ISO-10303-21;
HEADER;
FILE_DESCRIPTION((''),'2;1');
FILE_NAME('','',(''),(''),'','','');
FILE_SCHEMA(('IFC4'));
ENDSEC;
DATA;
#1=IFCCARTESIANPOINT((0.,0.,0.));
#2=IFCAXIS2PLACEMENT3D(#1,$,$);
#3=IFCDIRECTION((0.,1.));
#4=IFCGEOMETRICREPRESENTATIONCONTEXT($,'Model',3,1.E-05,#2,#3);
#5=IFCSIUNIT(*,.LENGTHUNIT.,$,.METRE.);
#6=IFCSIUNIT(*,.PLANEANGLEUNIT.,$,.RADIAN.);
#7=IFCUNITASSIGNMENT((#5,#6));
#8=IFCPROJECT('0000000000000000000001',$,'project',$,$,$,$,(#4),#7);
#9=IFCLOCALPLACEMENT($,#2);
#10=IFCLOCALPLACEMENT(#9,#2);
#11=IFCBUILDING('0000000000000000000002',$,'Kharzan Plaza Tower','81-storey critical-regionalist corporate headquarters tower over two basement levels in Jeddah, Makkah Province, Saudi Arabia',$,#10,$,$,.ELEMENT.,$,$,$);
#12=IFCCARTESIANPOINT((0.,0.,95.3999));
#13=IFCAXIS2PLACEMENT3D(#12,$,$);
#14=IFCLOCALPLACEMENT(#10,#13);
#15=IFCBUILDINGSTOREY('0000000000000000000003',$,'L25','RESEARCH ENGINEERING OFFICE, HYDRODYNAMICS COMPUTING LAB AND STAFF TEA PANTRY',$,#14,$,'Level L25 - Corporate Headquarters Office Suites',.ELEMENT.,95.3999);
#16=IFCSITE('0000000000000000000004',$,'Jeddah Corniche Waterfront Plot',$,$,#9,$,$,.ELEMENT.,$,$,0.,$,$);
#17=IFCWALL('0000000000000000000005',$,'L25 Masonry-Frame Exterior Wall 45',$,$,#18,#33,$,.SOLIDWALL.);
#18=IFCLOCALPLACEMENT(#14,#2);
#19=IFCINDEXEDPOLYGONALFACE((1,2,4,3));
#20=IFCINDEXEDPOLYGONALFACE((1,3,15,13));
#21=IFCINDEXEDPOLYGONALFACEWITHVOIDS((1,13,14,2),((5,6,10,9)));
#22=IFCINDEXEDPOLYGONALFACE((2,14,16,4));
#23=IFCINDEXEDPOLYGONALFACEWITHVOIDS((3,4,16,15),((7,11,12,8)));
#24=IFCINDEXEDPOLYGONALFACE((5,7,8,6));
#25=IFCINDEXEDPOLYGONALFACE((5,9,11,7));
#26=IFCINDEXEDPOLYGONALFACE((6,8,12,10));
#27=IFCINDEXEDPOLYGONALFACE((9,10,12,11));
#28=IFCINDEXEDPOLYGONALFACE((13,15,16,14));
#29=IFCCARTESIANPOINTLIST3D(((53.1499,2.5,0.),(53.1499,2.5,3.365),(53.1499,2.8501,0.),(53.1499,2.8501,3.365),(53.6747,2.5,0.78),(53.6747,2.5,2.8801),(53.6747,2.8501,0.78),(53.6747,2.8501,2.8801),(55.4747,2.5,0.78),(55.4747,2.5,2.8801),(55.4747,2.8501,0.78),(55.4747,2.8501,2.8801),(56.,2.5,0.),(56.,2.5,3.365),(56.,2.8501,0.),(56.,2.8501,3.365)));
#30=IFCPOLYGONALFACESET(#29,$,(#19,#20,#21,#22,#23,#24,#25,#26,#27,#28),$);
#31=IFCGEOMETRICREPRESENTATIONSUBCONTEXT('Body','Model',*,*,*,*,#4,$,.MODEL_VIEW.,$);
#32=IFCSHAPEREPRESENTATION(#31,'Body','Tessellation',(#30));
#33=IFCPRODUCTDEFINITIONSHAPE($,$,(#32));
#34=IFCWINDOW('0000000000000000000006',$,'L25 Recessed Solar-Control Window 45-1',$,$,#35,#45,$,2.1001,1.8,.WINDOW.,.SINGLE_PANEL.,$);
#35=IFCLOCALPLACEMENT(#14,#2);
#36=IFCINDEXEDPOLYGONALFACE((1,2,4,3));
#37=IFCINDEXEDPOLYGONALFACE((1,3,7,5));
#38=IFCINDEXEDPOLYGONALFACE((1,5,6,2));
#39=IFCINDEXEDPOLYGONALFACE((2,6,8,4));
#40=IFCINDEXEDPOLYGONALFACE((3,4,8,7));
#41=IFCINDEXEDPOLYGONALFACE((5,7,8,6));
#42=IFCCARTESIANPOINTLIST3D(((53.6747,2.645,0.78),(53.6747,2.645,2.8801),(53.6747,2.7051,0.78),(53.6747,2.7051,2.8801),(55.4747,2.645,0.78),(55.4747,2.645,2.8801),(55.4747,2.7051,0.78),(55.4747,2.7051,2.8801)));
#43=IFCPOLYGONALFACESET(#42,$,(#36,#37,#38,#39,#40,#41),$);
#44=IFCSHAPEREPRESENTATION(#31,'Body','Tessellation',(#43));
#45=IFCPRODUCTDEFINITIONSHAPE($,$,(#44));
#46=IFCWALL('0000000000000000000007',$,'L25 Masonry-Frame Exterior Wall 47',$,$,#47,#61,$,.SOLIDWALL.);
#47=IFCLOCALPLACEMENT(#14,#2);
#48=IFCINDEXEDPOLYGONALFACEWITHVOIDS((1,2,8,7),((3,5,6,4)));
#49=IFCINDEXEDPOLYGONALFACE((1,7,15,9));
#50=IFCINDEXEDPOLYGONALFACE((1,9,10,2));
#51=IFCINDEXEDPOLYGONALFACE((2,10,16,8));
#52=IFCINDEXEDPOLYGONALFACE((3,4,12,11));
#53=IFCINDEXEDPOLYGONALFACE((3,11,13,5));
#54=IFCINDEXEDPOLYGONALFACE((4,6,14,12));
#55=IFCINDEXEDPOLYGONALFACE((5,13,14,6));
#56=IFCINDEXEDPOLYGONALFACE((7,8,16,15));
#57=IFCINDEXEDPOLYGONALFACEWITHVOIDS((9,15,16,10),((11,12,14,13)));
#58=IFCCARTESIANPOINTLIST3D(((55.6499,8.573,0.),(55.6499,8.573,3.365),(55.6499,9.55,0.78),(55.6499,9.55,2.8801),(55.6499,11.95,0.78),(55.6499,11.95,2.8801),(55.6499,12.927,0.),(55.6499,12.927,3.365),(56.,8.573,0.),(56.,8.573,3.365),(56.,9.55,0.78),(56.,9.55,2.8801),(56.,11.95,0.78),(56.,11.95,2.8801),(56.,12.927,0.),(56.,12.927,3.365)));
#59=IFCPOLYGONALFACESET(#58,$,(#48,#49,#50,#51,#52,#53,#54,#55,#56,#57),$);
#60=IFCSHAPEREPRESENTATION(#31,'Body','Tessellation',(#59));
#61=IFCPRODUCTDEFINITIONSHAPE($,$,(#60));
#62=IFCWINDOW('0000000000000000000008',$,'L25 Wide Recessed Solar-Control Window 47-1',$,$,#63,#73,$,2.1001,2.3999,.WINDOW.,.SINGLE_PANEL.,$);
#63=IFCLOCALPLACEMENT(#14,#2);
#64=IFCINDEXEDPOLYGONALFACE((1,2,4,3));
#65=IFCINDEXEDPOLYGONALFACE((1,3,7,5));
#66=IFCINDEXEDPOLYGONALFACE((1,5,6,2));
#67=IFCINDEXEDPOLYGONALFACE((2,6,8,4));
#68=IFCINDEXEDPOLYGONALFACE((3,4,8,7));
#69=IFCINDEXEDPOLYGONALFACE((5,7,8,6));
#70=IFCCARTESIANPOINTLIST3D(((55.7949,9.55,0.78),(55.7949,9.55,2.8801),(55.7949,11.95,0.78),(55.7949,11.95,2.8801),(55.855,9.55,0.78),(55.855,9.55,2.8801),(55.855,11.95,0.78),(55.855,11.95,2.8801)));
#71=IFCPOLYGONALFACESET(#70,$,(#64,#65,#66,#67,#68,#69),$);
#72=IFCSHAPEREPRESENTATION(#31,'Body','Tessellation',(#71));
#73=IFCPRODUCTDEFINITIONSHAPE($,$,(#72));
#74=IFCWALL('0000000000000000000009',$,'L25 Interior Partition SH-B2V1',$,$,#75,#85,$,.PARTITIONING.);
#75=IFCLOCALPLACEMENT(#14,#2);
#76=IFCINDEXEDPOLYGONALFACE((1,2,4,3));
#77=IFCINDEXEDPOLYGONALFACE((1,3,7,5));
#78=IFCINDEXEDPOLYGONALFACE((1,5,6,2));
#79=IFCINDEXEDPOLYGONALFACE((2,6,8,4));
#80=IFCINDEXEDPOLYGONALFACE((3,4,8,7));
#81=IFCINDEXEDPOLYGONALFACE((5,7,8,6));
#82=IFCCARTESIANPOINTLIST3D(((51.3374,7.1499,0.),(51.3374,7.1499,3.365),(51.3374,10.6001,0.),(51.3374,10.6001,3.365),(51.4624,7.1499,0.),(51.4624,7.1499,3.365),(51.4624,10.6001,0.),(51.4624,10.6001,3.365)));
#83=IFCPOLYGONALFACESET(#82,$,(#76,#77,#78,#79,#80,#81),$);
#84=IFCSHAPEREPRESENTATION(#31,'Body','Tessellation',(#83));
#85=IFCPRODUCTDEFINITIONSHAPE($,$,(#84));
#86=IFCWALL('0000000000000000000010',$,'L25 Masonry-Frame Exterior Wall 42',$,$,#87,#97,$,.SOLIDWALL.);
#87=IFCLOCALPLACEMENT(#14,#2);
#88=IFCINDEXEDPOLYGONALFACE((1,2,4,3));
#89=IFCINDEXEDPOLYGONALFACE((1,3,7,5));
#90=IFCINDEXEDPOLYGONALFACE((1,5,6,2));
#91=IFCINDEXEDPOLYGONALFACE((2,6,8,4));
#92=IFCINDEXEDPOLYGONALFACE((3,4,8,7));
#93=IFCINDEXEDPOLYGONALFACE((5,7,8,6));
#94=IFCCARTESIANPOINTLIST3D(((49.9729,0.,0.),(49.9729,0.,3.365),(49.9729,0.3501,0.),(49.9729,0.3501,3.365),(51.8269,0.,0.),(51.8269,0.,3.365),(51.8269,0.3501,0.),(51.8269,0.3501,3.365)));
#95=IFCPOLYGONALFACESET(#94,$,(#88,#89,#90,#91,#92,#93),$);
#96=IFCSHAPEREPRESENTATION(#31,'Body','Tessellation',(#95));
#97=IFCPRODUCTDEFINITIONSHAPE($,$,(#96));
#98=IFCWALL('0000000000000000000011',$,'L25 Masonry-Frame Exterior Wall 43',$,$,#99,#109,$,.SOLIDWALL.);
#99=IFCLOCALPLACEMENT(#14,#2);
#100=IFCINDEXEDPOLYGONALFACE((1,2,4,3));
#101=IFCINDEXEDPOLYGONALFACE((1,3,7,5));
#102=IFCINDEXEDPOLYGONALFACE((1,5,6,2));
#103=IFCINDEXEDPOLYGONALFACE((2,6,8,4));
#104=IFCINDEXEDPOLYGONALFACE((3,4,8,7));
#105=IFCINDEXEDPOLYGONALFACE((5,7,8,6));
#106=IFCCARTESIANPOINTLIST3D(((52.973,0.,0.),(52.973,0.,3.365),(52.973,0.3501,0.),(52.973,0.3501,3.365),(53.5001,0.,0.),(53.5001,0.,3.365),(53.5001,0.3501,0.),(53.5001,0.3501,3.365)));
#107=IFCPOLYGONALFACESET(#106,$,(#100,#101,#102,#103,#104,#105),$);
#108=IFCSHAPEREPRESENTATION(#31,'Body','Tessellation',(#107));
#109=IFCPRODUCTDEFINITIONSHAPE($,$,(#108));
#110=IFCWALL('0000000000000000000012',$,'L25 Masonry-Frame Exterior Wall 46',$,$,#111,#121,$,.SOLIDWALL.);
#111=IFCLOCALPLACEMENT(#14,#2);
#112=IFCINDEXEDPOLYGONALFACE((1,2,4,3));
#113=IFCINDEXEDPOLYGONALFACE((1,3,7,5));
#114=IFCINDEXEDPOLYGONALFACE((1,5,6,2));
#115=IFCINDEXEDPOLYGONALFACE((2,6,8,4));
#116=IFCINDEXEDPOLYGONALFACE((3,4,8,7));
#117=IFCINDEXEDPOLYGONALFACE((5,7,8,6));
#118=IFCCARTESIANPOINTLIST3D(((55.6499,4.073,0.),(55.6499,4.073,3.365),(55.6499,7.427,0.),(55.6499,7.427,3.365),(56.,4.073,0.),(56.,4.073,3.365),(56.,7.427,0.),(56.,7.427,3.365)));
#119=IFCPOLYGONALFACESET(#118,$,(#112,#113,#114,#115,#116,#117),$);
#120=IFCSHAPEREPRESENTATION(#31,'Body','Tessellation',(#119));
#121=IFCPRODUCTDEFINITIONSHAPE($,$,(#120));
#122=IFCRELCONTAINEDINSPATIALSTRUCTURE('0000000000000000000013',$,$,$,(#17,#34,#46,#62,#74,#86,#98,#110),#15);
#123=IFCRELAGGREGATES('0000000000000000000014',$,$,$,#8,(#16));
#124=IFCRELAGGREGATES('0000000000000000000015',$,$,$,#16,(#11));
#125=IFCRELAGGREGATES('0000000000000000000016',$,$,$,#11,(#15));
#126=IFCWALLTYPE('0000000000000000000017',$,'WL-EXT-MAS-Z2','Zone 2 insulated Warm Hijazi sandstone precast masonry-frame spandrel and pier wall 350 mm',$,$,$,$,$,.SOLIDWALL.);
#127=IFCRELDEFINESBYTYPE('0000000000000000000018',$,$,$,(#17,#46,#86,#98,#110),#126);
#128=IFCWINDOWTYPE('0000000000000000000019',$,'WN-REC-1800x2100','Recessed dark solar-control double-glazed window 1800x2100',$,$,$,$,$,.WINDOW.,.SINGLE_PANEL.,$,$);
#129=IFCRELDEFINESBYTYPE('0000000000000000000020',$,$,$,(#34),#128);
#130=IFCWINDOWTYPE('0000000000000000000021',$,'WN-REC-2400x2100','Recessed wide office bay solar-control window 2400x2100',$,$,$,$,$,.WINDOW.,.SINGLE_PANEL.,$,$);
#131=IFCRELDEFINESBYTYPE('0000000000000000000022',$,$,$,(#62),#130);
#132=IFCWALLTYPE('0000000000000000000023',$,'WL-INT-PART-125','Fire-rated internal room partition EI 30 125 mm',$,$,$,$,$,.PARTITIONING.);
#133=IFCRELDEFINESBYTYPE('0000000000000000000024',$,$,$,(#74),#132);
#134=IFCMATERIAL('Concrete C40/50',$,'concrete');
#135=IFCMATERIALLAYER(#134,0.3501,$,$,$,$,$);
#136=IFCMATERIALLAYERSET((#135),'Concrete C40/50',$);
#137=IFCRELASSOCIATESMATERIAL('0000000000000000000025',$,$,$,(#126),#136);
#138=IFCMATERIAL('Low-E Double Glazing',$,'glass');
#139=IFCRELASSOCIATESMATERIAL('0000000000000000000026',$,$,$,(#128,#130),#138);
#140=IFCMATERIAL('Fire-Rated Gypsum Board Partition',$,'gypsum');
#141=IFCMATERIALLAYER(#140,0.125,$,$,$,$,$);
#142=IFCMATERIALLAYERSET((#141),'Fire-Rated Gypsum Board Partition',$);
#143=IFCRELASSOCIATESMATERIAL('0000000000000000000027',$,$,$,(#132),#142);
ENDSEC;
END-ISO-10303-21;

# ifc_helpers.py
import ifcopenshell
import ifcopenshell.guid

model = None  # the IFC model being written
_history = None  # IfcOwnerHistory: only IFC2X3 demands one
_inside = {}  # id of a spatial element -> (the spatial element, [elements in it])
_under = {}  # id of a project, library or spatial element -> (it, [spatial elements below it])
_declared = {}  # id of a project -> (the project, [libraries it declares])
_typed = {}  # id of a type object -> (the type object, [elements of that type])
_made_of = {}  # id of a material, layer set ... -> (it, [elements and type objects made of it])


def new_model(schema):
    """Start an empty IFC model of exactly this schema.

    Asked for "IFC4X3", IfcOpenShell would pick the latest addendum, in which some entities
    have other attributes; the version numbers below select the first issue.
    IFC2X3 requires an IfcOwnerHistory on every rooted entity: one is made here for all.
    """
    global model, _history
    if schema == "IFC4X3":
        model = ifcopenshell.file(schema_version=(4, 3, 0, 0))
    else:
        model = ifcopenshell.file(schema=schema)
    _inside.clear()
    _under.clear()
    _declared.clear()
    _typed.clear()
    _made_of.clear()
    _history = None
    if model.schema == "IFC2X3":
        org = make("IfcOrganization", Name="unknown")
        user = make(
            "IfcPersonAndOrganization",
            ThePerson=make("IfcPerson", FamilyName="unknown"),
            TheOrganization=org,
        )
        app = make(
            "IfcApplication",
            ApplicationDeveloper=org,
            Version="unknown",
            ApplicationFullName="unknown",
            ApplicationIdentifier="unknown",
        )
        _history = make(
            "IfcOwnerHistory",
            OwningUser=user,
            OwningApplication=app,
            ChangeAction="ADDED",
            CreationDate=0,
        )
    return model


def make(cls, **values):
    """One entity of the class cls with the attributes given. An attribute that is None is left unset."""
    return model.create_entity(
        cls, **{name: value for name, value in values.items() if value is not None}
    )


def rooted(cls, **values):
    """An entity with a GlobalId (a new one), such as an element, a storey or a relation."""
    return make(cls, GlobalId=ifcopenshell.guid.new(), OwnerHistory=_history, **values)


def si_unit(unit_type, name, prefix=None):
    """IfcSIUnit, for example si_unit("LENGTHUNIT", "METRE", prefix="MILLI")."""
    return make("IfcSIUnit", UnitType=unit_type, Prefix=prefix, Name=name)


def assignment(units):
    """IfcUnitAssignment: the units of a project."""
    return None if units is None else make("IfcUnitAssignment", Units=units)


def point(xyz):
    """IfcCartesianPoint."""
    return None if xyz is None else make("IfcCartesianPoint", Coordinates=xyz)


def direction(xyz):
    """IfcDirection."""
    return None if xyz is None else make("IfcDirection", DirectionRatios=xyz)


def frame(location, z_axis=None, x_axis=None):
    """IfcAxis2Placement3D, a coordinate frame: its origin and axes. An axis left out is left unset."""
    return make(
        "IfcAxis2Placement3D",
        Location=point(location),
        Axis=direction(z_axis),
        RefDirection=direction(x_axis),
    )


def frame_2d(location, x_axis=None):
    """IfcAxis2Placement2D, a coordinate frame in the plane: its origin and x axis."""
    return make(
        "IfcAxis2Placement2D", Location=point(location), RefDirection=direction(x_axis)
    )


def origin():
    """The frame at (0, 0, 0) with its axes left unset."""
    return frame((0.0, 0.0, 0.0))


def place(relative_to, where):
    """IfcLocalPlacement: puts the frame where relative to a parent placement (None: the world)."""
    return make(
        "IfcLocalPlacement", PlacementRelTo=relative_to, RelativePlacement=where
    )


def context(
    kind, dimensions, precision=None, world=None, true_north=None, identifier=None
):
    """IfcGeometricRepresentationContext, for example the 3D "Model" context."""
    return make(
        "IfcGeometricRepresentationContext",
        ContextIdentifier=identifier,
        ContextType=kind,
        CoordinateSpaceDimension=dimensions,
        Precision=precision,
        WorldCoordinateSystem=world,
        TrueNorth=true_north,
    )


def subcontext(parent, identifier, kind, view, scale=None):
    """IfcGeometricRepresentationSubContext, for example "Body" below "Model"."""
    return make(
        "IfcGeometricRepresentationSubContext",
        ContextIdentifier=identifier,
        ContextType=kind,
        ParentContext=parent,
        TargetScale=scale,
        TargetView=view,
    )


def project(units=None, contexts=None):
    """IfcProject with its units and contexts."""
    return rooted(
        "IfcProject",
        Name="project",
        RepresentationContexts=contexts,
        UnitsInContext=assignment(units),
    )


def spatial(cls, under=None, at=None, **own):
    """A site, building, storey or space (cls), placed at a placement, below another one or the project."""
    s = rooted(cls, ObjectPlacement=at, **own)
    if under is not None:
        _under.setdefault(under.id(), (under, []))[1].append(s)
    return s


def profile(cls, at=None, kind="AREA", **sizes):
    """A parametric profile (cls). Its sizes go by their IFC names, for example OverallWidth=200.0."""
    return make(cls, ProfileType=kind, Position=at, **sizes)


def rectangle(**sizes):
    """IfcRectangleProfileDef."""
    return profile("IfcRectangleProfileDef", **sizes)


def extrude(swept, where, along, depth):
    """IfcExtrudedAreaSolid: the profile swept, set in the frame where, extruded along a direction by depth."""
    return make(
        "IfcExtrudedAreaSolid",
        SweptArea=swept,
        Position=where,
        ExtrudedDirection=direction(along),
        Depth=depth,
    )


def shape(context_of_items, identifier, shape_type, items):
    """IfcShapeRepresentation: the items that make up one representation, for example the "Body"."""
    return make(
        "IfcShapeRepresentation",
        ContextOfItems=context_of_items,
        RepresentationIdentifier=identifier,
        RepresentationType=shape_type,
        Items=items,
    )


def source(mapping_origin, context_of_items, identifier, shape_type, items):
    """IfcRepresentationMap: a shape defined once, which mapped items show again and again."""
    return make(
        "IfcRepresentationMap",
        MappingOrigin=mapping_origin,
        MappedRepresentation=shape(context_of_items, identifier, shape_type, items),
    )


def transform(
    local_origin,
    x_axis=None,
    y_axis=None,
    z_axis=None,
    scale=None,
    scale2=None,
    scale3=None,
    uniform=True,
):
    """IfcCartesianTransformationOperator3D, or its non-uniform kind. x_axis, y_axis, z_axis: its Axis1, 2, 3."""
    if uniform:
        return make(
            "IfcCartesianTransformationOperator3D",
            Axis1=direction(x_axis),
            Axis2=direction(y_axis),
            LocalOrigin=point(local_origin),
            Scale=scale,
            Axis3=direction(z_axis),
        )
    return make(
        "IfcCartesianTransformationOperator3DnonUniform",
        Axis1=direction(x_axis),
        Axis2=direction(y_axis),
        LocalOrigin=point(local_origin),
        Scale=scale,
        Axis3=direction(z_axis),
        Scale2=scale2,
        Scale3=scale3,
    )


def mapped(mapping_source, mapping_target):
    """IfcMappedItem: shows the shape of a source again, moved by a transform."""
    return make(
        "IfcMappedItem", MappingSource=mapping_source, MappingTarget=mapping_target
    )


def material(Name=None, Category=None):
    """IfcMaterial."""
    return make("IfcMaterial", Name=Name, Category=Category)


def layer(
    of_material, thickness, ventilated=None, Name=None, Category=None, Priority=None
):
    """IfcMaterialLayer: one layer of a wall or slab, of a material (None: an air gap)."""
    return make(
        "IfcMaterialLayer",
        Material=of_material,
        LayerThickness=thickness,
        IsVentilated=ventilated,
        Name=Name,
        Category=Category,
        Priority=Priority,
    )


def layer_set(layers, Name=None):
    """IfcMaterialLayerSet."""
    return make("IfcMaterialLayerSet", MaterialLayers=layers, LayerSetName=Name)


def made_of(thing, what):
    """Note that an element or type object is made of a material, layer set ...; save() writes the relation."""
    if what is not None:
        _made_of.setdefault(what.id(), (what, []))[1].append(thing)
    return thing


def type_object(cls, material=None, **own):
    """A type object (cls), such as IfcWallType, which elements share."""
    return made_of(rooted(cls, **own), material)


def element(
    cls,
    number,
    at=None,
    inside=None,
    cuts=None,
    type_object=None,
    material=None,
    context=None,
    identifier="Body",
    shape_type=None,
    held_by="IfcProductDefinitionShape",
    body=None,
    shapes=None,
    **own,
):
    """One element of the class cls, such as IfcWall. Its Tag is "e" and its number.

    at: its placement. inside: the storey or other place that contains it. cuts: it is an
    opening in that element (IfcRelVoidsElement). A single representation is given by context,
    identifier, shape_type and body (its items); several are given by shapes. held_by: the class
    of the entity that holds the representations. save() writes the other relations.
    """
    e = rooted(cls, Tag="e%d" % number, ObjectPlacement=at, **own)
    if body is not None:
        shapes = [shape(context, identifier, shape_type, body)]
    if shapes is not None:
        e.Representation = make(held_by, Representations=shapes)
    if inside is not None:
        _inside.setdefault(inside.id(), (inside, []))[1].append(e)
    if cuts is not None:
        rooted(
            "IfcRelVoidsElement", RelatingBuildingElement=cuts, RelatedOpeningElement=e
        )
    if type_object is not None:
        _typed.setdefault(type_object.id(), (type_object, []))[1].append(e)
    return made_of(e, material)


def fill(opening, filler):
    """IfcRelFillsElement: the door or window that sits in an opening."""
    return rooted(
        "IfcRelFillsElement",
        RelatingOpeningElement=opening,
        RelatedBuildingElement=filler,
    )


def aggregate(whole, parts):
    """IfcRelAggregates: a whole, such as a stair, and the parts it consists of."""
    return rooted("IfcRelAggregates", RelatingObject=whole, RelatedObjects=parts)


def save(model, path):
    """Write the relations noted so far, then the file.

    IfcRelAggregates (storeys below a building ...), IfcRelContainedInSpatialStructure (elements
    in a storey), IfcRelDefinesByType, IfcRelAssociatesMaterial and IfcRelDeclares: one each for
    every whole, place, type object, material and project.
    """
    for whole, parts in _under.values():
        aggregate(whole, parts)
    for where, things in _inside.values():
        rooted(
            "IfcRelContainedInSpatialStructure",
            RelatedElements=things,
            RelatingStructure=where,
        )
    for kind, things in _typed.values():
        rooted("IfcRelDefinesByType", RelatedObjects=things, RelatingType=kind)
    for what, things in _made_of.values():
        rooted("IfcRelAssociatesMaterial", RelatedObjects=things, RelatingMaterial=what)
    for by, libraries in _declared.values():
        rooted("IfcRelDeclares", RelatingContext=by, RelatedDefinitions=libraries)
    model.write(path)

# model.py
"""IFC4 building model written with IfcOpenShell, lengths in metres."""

from ifc_helpers import new_model, si_unit, direction, frame, frame_2d, origin, place, context, subcontext, project, spatial, rectangle, extrude, source, transform, mapped, material, layer, layer_set, type_object, element, fill, save


model = new_model("IFC4")

# Units and contexts
model_context = context("Model", 3, precision=1e-05, world=origin(), true_north=direction((0.0, 1.0)))
body_context = subcontext(model_context, "Body", "Model", "MODEL_VIEW")
ifc_project = project(units=[si_unit("LENGTHUNIT", "METRE"), si_unit("PLANEANGLEUNIT", "RADIAN")], contexts=[model_context])

# Site, building, storey
site_placement = place(None, origin())
site = spatial("IfcSite", under=ifc_project, at=site_placement, Name="Jeddah Corniche Waterfront Plot", CompositionType="ELEMENT", RefElevation=0.0)
building_placement = place(site_placement, origin())
building = spatial("IfcBuilding", under=site, at=building_placement, Name="Kharzan Plaza Tower", Description="81-storey critical-regionalist corporate headquarters tower over two basement levels in Jeddah, Makkah Province, Saudi Arabia", CompositionType="ELEMENT")
storey_placement = place(building_placement, frame((0.0, 0.0, 95.3999)))
storey = spatial("IfcBuildingStorey", under=building, at=storey_placement, Name="L25", Description="RESEARCH ENGINEERING OFFICE, HYDRODYNAMICS COMPUTING LAB AND STAFF TEA PANTRY", LongName="Level L25 - Corporate Headquarters Office Suites", CompositionType="ELEMENT", Elevation=95.3999)

# Walls, openings, windows
ifc_material_1 = material(Name="Concrete C40/50", Category="concrete")
ifc_layer_1 = layer(ifc_material_1, 0.3501)
ifc_layer_set_1 = layer_set([ifc_layer_1], Name="Concrete C40/50")
wall_type_1 = type_object("IfcWallType", Name="WL-EXT-MAS-Z2", Description="Zone 2 insulated Warm Hijazi sandstone precast masonry-frame spandrel and pier wall 350 mm", PredefinedType="SOLIDWALL", material=ifc_layer_set_1)
ifc_material_2 = material(Name="Low-E Double Glazing", Category="glass")
wall_1_placement = place(storey_placement, frame((53.1499, 2.675, 0.0), z_axis=(0.0, 0.0, 1.0), x_axis=(1.0, 0.0, 0.0)))
wall_1 = element("IfcWall", 1, at=wall_1_placement, inside=storey, type_object=wall_type_1, Name="L25 Masonry-Frame Exterior Wall 45", PredefinedType="SOLIDWALL", context=body_context, shape_type="SweptSolid", body=[
    extrude(rectangle(XDim=2.8501, YDim=0.3501, at=frame_2d((1.425, 0.0))), origin(), (0.0, 0.0, 1.0), 3.365),
])
opening_1_placement = place(wall_1_placement, frame((0.5249, 0.0, 0.78)))
opening_1 = element("IfcOpeningElement", 2, at=opening_1_placement, cuts=wall_1, PredefinedType="OPENING", context=body_context, shape_type="SweptSolid", body=[
    extrude(rectangle(XDim=1.8, YDim=2.1001, at=frame_2d((0.8999, 1.05))), frame((0.0, 0.1851, 0.0), z_axis=(0.0, -1.0, 0.0), x_axis=(1.0, 0.0, 0.0)), (0.0, 0.0, 1.0), 0.3701),
])
window_type_1 = type_object("IfcWindowType", Name="WN-REC-1800x2100", Description="Recessed dark solar-control double-glazed window 1800x2100", PartitioningType="SINGLE_PANEL", PredefinedType="WINDOW", material=ifc_material_2)
shared_shape_1 = source(origin(), body_context, "Body", "SweptSolid", [
    extrude(rectangle(XDim=1.8, YDim=2.1001, at=frame_2d((0.8999, 1.05))), frame((0.0, 0.03, 0.0), z_axis=(0.0, -1.0, 0.0), x_axis=(1.0, 0.0, 0.0)), (0.0, 0.0, 1.0), 0.0601),
])
window_1_placement = place(opening_1_placement, origin())
window_1 = element("IfcWindow", 3, at=window_1_placement, inside=storey, type_object=window_type_1, Name="L25 Recessed Solar-Control Window 45-1", OverallHeight=2.1001, OverallWidth=1.8, PartitioningType="SINGLE_PANEL", PredefinedType="WINDOW", context=body_context, shape_type="MappedRepresentation", body=[
    mapped(shared_shape_1, transform((0.0, 0.0, 0.0), x_axis=(1.0, 0.0, 0.0), y_axis=(0.0, 1.0, 0.0), z_axis=(0.0, 0.0, 1.0))),
])
fill(opening_1, window_1)
wall_2_placement = place(storey_placement, frame((55.825, 8.573, 0.0), z_axis=(0.0, 0.0, 1.0), x_axis=(0.0, 1.0, 0.0)))
wall_2 = element("IfcWall", 4, at=wall_2_placement, inside=storey, type_object=wall_type_1, Name="L25 Masonry-Frame Exterior Wall 47", PredefinedType="SOLIDWALL", context=body_context, shape_type="SweptSolid", body=[
    extrude(rectangle(XDim=4.354, YDim=0.3501, at=frame_2d((2.177, 0.0))), origin(), (0.0, 0.0, 1.0), 3.365),
])
opening_2_placement = place(wall_2_placement, frame((0.9771, 0.0, 0.78)))
opening_2 = element("IfcOpeningElement", 5, at=opening_2_placement, cuts=wall_2, PredefinedType="OPENING", context=body_context, shape_type="SweptSolid", body=[
    extrude(rectangle(XDim=2.3999, YDim=2.1001, at=frame_2d((1.2, 1.05))), frame((0.0, 0.1851, 0.0), z_axis=(0.0, -1.0, 0.0), x_axis=(1.0, 0.0, 0.0)), (0.0, 0.0, 1.0), 0.3701),
])
window_type_2 = type_object("IfcWindowType", Name="WN-REC-2400x2100", Description="Recessed wide office bay solar-control window 2400x2100", PartitioningType="SINGLE_PANEL", PredefinedType="WINDOW", material=ifc_material_2)
shared_shape_2 = source(origin(), body_context, "Body", "SweptSolid", [
    extrude(rectangle(XDim=2.3999, YDim=2.1001, at=frame_2d((1.2, 1.05))), frame((0.0, 0.03, 0.0), z_axis=(0.0, -1.0, 0.0), x_axis=(1.0, 0.0, 0.0)), (0.0, 0.0, 1.0), 0.0601),
])
window_2_placement = place(opening_2_placement, origin())
window_2 = element("IfcWindow", 6, at=window_2_placement, inside=storey, type_object=window_type_2, Name="L25 Wide Recessed Solar-Control Window 47-1", OverallHeight=2.1001, OverallWidth=2.3999, PartitioningType="SINGLE_PANEL", PredefinedType="WINDOW", context=body_context, shape_type="MappedRepresentation", body=[
    mapped(shared_shape_2, transform((0.0, 0.0, 0.0), x_axis=(1.0, 0.0, 0.0), y_axis=(0.0, 1.0, 0.0), z_axis=(0.0, 0.0, 1.0))),
])
fill(opening_2, window_2)

# Shared definitions
ifc_material_3 = material(Name="Fire-Rated Gypsum Board Partition", Category="gypsum")
ifc_layer_2 = layer(ifc_material_3, 0.125)
ifc_layer_set_2 = layer_set([ifc_layer_2], Name="Fire-Rated Gypsum Board Partition")
wall_type_2 = type_object("IfcWallType", Name="WL-INT-PART-125", Description="Fire-rated internal room partition EI 30 125 mm", PredefinedType="PARTITIONING", material=ifc_layer_set_2)

# Walls
shared_shape_3 = source(origin(), body_context, "Body", "SweptSolid", [
    extrude(rectangle(XDim=3.4502, YDim=0.125, at=frame_2d((1.7251, 0.0))), origin(), (0.0, 0.0, 1.0), 3.365),
])
wall_3_placement = place(storey_placement, frame((51.3999, 7.1499, 0.0), z_axis=(0.0, 0.0, 1.0), x_axis=(0.0, 1.0, 0.0)))
element("IfcWall", 7, at=wall_3_placement, inside=storey, type_object=wall_type_2, Name="L25 Interior Partition SH-B2V1", PredefinedType="PARTITIONING", context=body_context, shape_type="MappedRepresentation", body=[
    mapped(shared_shape_3, transform((0.0, 0.0, 0.0), x_axis=(1.0, 0.0, 0.0), y_axis=(0.0, 1.0, 0.0), z_axis=(0.0, 0.0, 1.0))),
])
shared_shape_4 = source(origin(), body_context, "Body", "SweptSolid", [
    extrude(rectangle(XDim=1.854, YDim=0.3501, at=frame_2d((0.927, 0.0))), origin(), (0.0, 0.0, 1.0), 3.365),
])
wall_4_placement = place(storey_placement, frame((49.9729, 0.175, 0.0), z_axis=(0.0, 0.0, 1.0), x_axis=(1.0, 0.0, 0.0)))
element("IfcWall", 8, at=wall_4_placement, inside=storey, type_object=wall_type_1, Name="L25 Masonry-Frame Exterior Wall 42", PredefinedType="SOLIDWALL", context=body_context, shape_type="MappedRepresentation", body=[
    mapped(shared_shape_4, transform((0.0, 0.0, 0.0), x_axis=(1.0, 0.0, 0.0), y_axis=(0.0, 1.0, 0.0), z_axis=(0.0, 0.0, 1.0))),
])
shared_shape_5 = source(origin(), body_context, "Body", "SweptSolid", [
    extrude(rectangle(XDim=0.5271, YDim=0.3501, at=frame_2d((0.2637, 0.0))), origin(), (0.0, 0.0, 1.0), 3.365),
])
wall_5_placement = place(storey_placement, frame((52.9729, 0.175, 0.0), z_axis=(0.0, 0.0, 1.0), x_axis=(1.0, 0.0, 0.0)))
element("IfcWall", 9, at=wall_5_placement, inside=storey, type_object=wall_type_1, Name="L25 Masonry-Frame Exterior Wall 43", PredefinedType="SOLIDWALL", context=body_context, shape_type="MappedRepresentation", body=[
    mapped(shared_shape_5, transform((0.0, 0.0, 0.0), x_axis=(1.0, 0.0, 0.0), y_axis=(0.0, 1.0, 0.0), z_axis=(0.0, 0.0, 1.0))),
])
shared_shape_6 = source(origin(), body_context, "Body", "SweptSolid", [
    extrude(rectangle(XDim=3.354, YDim=0.3501, at=frame_2d((1.677, 0.0))), origin(), (0.0, 0.0, 1.0), 3.365),
])
wall_6_placement = place(storey_placement, frame((55.825, 4.073, 0.0), z_axis=(0.0, 0.0, 1.0), x_axis=(0.0, 1.0, 0.0)))
element("IfcWall", 10, at=wall_6_placement, inside=storey, type_object=wall_type_1, Name="L25 Masonry-Frame Exterior Wall 46", PredefinedType="SOLIDWALL", context=body_context, shape_type="MappedRepresentation", body=[
    mapped(shared_shape_6, transform((0.0, 0.0, 0.0), x_axis=(1.0, 0.0, 0.0), y_axis=(0.0, 1.0, 0.0), z_axis=(0.0, 0.0, 1.0))),
])

save(model, "model.ifc")
